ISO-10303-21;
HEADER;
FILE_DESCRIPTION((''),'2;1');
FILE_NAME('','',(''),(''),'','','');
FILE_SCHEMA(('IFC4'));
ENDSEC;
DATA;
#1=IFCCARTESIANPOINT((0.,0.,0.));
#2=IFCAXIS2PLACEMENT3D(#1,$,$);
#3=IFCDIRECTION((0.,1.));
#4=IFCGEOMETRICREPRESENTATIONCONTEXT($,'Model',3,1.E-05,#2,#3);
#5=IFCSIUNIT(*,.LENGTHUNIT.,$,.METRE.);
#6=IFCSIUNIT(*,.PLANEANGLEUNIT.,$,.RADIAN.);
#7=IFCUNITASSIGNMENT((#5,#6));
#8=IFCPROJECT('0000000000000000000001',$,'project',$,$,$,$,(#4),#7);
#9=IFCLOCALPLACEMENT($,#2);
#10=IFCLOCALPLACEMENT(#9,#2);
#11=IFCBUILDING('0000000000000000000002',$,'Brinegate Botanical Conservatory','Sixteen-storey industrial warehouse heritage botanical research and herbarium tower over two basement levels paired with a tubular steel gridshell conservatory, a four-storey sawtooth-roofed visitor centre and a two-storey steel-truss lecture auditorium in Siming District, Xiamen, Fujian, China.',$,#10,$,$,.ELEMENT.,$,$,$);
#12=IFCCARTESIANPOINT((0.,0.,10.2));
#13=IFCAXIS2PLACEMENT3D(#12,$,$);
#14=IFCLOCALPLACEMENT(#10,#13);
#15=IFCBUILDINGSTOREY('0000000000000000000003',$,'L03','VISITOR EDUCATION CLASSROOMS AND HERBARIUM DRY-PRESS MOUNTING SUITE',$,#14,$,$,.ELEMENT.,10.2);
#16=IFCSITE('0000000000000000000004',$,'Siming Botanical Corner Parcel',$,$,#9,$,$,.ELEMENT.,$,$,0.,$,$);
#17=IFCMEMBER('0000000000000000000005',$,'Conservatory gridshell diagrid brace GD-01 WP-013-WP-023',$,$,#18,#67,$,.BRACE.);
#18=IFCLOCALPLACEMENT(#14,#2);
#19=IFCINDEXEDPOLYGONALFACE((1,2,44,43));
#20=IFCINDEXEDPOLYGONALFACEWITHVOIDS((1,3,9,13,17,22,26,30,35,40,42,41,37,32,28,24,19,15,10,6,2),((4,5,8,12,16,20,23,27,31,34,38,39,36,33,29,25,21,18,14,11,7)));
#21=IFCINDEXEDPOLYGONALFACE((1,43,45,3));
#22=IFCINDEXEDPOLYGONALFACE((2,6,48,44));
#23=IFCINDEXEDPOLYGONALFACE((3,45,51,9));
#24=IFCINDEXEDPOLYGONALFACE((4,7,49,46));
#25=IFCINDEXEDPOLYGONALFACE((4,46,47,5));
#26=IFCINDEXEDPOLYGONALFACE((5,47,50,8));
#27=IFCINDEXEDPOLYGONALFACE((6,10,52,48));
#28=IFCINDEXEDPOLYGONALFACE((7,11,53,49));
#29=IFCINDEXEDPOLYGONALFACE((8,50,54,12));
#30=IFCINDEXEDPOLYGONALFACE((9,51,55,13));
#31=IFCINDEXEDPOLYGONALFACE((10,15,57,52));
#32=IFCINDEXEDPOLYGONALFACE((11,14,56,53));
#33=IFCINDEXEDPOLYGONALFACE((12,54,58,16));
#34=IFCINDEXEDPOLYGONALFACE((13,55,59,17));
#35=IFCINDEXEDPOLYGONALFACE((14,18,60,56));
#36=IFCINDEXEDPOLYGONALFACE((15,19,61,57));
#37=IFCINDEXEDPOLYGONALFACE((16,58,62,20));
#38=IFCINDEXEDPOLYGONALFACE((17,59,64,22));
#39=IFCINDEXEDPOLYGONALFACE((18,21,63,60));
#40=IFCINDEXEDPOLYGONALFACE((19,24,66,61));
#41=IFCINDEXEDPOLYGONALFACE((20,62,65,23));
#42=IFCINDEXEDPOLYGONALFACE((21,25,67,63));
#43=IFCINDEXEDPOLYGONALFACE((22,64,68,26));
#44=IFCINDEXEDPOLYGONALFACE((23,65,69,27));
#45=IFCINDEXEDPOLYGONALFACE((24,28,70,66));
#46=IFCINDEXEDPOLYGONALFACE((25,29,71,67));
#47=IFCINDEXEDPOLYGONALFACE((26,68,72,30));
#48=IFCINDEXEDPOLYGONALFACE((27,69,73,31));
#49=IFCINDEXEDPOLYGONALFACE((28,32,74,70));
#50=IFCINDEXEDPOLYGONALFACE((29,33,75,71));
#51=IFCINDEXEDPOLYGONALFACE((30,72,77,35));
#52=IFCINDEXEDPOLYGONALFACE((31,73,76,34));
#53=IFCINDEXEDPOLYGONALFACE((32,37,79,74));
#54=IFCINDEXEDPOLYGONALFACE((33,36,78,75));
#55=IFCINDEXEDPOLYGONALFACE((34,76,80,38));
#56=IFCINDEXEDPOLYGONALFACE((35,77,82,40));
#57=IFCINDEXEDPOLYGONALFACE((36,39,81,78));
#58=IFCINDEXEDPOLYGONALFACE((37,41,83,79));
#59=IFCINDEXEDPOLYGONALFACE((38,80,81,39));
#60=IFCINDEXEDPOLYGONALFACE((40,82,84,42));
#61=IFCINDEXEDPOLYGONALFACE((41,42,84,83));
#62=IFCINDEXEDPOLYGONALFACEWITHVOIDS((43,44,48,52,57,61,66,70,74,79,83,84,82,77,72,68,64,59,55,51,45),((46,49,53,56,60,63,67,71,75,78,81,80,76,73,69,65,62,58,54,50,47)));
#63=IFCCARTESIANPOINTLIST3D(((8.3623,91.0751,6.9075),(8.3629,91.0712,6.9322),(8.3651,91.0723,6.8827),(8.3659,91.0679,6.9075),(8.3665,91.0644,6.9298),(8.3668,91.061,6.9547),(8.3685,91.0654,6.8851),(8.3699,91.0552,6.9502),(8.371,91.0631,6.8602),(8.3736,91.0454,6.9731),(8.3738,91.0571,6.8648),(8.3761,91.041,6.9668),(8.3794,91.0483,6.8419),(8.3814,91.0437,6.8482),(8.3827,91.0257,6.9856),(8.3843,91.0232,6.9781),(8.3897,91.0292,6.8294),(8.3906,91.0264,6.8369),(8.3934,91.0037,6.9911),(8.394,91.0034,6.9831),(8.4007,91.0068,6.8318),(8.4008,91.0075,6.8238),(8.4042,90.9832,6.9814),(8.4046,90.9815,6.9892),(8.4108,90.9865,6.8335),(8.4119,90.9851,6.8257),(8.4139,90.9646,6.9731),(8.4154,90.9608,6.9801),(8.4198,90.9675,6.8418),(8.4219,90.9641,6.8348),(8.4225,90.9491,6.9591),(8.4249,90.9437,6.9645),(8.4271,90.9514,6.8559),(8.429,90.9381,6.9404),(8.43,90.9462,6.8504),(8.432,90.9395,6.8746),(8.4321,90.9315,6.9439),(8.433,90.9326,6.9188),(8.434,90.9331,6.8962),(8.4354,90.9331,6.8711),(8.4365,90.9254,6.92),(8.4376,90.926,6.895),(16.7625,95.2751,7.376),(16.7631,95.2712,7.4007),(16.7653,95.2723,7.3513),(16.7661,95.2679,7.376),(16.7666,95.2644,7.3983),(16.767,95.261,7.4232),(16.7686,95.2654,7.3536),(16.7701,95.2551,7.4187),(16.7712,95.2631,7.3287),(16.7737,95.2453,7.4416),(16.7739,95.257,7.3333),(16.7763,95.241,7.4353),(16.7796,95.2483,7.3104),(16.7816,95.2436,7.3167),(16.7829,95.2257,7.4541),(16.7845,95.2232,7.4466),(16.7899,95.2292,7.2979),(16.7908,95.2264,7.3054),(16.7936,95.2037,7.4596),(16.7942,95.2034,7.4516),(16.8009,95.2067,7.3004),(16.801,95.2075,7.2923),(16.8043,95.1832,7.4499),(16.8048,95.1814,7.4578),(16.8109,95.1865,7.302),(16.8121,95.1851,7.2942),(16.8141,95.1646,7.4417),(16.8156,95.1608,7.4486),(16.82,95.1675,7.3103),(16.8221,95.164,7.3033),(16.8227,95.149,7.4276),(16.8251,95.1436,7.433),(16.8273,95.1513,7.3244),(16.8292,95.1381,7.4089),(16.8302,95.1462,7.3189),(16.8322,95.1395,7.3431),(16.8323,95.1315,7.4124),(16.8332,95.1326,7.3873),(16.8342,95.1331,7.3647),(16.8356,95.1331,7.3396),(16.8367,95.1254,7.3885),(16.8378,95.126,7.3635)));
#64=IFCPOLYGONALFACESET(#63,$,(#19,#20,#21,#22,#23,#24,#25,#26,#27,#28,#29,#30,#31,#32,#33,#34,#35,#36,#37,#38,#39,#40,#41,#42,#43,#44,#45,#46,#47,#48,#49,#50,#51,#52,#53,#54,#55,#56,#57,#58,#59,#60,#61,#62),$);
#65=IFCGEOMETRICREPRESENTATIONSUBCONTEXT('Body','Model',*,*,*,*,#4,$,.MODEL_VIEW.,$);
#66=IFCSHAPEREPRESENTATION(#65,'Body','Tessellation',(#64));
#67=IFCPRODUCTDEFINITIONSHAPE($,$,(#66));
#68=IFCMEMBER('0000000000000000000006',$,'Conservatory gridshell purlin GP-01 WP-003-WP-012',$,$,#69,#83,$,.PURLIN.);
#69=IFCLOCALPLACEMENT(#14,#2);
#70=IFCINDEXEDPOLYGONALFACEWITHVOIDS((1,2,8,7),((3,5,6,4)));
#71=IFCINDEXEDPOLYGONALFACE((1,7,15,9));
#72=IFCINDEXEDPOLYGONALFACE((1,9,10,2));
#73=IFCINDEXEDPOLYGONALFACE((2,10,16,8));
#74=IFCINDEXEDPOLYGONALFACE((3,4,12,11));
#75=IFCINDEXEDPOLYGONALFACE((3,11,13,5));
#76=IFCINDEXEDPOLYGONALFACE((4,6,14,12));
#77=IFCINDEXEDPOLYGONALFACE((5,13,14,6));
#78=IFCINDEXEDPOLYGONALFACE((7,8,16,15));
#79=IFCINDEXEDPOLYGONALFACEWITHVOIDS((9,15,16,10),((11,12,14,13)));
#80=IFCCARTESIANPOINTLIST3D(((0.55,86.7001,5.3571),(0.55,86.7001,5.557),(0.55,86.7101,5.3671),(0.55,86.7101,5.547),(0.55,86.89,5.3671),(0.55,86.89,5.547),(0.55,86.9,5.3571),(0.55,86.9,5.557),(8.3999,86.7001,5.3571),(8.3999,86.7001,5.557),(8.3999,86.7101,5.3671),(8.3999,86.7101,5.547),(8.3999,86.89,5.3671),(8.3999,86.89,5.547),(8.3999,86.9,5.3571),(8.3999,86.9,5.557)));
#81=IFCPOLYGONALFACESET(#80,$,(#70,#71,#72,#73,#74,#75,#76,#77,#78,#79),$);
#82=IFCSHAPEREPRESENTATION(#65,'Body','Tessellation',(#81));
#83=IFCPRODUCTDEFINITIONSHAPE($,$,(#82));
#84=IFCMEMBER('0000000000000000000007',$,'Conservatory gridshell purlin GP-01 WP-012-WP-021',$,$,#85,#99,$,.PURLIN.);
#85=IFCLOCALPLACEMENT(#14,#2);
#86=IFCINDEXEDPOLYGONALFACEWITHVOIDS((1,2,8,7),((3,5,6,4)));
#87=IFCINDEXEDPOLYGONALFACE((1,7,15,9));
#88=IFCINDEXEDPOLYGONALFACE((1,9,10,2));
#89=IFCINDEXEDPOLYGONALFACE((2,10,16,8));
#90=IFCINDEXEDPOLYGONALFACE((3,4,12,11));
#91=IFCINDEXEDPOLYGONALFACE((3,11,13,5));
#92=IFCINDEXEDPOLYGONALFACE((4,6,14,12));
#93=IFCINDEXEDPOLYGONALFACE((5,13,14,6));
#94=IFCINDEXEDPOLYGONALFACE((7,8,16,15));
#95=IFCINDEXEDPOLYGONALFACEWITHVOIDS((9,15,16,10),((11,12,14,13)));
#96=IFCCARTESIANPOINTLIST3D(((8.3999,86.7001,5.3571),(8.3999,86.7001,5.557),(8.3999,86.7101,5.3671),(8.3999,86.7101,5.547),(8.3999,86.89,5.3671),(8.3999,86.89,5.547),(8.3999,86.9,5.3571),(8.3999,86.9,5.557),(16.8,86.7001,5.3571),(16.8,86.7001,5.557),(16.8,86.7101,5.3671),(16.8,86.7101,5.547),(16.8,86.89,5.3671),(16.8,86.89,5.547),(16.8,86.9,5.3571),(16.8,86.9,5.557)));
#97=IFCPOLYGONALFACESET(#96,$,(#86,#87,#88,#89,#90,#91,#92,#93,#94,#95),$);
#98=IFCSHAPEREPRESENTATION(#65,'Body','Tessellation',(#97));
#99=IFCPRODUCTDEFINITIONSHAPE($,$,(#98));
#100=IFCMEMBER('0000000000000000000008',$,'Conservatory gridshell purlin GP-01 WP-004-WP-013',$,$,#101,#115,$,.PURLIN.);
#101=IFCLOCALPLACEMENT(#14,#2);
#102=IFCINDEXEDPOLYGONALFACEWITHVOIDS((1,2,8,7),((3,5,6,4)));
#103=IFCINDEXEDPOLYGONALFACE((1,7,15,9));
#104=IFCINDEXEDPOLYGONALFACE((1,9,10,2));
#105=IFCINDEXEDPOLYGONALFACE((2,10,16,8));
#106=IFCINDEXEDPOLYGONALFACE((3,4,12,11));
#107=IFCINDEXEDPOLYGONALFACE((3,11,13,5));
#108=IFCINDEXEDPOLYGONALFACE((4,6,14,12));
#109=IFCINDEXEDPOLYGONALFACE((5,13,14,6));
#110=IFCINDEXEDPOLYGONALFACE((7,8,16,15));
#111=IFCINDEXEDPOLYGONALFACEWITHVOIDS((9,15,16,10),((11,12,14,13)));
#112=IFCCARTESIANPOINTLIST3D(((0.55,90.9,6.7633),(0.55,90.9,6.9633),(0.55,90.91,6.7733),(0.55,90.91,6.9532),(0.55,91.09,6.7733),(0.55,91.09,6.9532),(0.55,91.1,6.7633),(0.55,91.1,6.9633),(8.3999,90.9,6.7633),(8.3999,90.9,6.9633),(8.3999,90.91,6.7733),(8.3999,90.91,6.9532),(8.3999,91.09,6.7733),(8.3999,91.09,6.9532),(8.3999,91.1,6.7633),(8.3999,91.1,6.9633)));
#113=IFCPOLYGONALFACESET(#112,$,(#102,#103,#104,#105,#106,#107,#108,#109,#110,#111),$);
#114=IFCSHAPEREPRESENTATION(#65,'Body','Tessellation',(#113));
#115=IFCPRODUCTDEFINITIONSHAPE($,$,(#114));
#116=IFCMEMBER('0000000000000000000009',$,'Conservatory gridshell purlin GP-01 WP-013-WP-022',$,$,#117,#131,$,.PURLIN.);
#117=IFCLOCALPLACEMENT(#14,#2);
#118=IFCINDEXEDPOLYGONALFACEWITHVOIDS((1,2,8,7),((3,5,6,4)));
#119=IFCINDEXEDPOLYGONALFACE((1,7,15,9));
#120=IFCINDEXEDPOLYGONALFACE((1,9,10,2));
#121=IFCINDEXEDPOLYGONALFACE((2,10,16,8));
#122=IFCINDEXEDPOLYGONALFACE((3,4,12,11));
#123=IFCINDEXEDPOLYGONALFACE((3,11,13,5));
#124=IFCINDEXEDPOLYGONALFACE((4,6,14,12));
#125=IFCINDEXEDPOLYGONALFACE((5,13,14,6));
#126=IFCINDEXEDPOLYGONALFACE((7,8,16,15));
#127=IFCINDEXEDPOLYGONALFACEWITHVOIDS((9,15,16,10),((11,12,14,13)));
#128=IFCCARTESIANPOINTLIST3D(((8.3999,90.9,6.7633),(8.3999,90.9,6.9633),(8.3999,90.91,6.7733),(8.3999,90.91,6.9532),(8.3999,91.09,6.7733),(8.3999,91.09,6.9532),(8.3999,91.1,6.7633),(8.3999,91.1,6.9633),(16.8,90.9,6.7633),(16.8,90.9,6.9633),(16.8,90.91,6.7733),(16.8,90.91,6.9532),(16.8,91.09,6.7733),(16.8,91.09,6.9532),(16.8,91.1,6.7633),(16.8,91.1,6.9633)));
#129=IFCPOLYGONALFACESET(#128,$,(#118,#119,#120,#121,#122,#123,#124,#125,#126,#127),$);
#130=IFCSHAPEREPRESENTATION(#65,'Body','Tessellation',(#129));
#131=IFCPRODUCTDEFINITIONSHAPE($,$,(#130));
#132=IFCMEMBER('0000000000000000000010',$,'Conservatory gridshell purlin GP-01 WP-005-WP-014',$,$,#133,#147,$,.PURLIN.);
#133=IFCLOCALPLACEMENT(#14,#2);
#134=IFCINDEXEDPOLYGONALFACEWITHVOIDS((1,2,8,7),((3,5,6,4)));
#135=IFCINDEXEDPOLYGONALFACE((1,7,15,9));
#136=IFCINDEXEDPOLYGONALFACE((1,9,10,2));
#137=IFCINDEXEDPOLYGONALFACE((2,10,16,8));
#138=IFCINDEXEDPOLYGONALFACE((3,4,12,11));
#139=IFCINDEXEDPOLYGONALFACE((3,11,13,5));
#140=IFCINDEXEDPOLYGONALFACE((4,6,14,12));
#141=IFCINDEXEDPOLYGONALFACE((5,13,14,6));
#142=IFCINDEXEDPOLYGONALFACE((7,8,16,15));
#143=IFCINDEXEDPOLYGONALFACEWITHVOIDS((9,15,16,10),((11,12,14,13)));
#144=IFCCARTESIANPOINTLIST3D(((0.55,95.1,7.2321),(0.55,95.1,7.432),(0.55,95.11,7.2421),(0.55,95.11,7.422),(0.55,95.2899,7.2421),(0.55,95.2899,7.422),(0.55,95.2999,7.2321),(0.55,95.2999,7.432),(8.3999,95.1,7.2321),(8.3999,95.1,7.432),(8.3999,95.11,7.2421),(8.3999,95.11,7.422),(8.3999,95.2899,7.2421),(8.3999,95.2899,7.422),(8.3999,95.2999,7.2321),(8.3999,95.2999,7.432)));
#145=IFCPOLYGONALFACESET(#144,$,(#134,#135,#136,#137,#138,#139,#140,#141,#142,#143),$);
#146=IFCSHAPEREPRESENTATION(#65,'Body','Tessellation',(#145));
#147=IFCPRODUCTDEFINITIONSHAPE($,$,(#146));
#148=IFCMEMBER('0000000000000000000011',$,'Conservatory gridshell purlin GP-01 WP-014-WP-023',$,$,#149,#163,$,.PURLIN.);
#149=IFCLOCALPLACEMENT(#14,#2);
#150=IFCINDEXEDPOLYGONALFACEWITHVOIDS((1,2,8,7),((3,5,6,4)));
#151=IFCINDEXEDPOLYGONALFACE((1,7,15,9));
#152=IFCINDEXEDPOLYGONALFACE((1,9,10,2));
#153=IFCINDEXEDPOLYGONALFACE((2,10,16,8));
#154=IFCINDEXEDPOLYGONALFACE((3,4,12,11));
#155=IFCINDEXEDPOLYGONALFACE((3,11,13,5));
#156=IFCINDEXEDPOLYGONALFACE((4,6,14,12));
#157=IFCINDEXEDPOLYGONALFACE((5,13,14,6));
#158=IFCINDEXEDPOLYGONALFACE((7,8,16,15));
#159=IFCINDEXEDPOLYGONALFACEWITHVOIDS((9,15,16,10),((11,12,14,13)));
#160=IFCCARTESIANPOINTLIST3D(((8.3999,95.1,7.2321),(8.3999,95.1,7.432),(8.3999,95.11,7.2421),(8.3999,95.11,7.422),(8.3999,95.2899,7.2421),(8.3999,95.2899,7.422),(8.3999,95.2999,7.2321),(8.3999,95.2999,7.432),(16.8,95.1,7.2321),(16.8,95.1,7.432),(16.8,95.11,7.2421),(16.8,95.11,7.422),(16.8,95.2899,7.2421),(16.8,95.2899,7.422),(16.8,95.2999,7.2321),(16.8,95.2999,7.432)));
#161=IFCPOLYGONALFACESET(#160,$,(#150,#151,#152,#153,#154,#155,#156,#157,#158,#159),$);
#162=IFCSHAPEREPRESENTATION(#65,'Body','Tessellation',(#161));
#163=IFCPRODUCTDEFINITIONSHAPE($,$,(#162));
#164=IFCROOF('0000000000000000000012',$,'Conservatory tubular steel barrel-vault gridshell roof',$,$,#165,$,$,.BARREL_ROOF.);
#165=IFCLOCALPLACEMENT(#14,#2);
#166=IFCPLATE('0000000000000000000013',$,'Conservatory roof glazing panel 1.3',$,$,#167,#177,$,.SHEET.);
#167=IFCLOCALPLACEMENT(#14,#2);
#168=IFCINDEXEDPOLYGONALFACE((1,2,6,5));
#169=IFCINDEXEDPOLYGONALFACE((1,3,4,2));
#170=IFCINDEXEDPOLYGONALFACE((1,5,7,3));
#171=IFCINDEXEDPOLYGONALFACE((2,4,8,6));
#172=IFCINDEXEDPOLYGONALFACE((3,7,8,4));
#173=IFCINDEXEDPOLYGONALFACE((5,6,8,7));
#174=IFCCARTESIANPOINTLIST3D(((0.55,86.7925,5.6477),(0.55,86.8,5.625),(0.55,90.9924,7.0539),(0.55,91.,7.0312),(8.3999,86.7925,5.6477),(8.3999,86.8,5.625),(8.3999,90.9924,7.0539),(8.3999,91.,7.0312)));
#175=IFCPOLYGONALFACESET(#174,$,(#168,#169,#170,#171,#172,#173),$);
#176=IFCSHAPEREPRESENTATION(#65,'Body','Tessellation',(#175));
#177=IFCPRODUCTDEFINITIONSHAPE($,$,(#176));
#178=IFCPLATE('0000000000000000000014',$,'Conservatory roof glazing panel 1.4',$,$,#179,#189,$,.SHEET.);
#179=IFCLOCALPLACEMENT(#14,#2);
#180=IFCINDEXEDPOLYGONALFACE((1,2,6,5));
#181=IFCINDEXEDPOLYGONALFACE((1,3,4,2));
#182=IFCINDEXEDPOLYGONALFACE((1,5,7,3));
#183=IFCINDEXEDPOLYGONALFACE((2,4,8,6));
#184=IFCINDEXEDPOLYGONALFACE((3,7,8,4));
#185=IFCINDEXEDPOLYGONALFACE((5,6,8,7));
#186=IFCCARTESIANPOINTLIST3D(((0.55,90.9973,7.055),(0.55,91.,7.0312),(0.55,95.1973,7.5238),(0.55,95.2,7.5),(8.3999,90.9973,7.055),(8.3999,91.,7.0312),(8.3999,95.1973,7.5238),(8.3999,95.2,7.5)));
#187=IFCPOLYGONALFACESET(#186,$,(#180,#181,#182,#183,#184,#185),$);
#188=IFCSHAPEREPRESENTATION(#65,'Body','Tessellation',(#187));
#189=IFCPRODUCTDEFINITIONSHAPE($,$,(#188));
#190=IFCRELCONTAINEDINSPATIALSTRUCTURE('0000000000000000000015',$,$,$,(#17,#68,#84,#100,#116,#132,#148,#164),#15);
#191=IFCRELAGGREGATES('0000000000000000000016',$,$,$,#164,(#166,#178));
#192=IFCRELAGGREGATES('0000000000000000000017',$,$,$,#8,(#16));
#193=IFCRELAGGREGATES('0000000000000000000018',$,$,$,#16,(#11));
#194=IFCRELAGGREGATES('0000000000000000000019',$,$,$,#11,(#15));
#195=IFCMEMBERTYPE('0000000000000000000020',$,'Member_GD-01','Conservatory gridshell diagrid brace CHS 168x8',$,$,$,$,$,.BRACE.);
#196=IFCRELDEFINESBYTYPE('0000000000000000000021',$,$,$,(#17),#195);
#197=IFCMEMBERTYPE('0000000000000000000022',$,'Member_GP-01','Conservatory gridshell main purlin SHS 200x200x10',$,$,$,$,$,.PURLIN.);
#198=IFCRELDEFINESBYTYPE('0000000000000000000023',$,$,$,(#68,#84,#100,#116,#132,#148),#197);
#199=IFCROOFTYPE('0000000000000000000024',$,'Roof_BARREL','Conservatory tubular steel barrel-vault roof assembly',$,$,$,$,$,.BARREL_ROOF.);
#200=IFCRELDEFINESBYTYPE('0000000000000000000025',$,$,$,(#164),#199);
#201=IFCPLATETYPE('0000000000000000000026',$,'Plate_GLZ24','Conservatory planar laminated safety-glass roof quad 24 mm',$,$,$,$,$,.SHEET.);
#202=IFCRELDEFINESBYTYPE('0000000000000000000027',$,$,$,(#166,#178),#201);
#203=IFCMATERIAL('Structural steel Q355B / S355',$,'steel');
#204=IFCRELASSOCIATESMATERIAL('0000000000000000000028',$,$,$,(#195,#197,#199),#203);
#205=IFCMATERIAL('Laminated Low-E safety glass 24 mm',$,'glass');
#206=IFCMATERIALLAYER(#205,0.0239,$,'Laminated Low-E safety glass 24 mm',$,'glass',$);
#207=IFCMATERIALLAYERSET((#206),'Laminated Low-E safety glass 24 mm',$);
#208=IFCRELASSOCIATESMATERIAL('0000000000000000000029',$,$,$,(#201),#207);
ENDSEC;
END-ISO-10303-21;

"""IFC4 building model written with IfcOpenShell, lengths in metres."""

from ifc_helpers import new_model, si_unit, direction, frame, origin, origin_2d, place, context, subcontext, project, spatial, polyline, hollow_rectangle, hollow_circle, outline, extrude, material, layer, layer_set, material_profile, profile_set, type_object, element, aggregate, save


model = new_model("IFC4")

# Units and contexts
model_context = context("Model", 3, precision=1e-05, world=origin(), true_north=direction((0.0, 1.0)))
body_context = subcontext(model_context, "Body", "Model", "MODEL_VIEW")
ifc_project = project(units=[si_unit("LENGTHUNIT", "METRE"), si_unit("PLANEANGLEUNIT", "RADIAN")], contexts=[model_context])

# Site, building, storey
site_placement = place(None, origin())
site = spatial("IfcSite", under=ifc_project, at=site_placement, Name="Siming Botanical Corner Parcel", CompositionType="ELEMENT", RefElevation=0.0)
building_placement = place(site_placement, origin())
building = spatial("IfcBuilding", under=site, at=building_placement, Name="Brinegate Botanical Conservatory", Description="Sixteen-storey industrial warehouse heritage botanical research and herbarium tower over two basement levels paired with a tubular steel gridshell conservatory, a four-storey sawtooth-roofed visitor centre and a two-storey steel-truss lecture auditorium in Siming District, Xiamen, Fujian, China.", CompositionType="ELEMENT")
storey_placement = place(building_placement, frame((0.0, 0.0, 10.2)))
storey = spatial("IfcBuildingStorey", under=building, at=storey_placement, Name="L03", Description="VISITOR EDUCATION CLASSROOMS AND HERBARIUM DRY-PRESS MOUNTING SUITE", CompositionType="ELEMENT", Elevation=10.2)

# Shared definitions
ifc_material_1 = material(Name="Structural steel Q355B / S355", Category="steel")

# Members
ifc_material_profile_1 = material_profile(ifc_material_1, hollow_circle(Radius=0.084, WallThickness=0.0081, at=origin_2d()), Name="CHS 168x8")
ifc_profile_set_1 = profile_set([ifc_material_profile_1], Name="Structural steel Q355B / S355")
member_type_1 = type_object("IfcMemberType", Name="Member_GD-01", Description="Conservatory gridshell diagrid brace CHS 168x8", PredefinedType="BRACE", material=ifc_profile_set_1)
member_1_placement = place(storey_placement, frame((8.3999, 91.0, 6.9075), z_axis=(0.893322, 0.446648, 0.049824), x_axis=(-0.447203, 0.894432, 0.0)))
element("IfcMember", 1, at=member_1_placement, inside=storey, type_object=member_type_1, Name="Conservatory gridshell diagrid brace GD-01 WP-013-WP-023", PredefinedType="BRACE", context=body_context, shape_type="SweptSolid", body=[
    extrude(hollow_circle(Radius=0.084, WallThickness=0.0081, at=origin_2d()), origin(), (0.0, 0.0, 1.0), 9.4033),
])
ifc_material_profile_2 = material_profile(ifc_material_1, hollow_rectangle(XDim=0.2, YDim=0.2, WallThickness=0.01, at=origin_2d()), Name="SHS 200x200x10")
ifc_profile_set_2 = profile_set([ifc_material_profile_2], Name="Structural steel Q355B / S355")
member_type_2 = type_object("IfcMemberType", Name="Member_GP-01", Description="Conservatory gridshell main purlin SHS 200x200x10", PredefinedType="PURLIN", material=ifc_profile_set_2)
member_2_placement = place(storey_placement, frame((0.55, 86.8, 5.457), z_axis=(1.0, 0.0, 0.0), x_axis=(0.0, 1.0, 0.0)))
element("IfcMember", 2, at=member_2_placement, inside=storey, type_object=member_type_2, Name="Conservatory gridshell purlin GP-01 WP-003-WP-012", PredefinedType="PURLIN", context=body_context, shape_type="SweptSolid", body=[
    extrude(hollow_rectangle(XDim=0.2, YDim=0.2, WallThickness=0.01, at=origin_2d()), origin(), (0.0, 0.0, 1.0), 7.8499),
])
member_3_placement = place(storey_placement, frame((8.3999, 86.8, 5.457), z_axis=(1.0, 0.0, 0.0), x_axis=(0.0, 1.0, 0.0)))
element("IfcMember", 3, at=member_3_placement, inside=storey, type_object=member_type_2, Name="Conservatory gridshell purlin GP-01 WP-012-WP-021", PredefinedType="PURLIN", context=body_context, shape_type="SweptSolid", body=[
    extrude(hollow_rectangle(XDim=0.2, YDim=0.2, WallThickness=0.01, at=origin_2d()), origin(), (0.0, 0.0, 1.0), 8.4001),
])
member_4_placement = place(storey_placement, frame((0.55, 91.0, 6.8633), z_axis=(1.0, 0.0, 0.0), x_axis=(0.0, 1.0, 0.0)))
element("IfcMember", 4, at=member_4_placement, inside=storey, type_object=member_type_2, Name="Conservatory gridshell purlin GP-01 WP-004-WP-013", PredefinedType="PURLIN", context=body_context, shape_type="SweptSolid", body=[
    extrude(hollow_rectangle(XDim=0.2, YDim=0.2, WallThickness=0.01, at=origin_2d()), origin(), (0.0, 0.0, 1.0), 7.8499),
])
member_5_placement = place(storey_placement, frame((8.3999, 91.0, 6.8633), z_axis=(1.0, 0.0, 0.0), x_axis=(0.0, 1.0, 0.0)))
element("IfcMember", 5, at=member_5_placement, inside=storey, type_object=member_type_2, Name="Conservatory gridshell purlin GP-01 WP-013-WP-022", PredefinedType="PURLIN", context=body_context, shape_type="SweptSolid", body=[
    extrude(hollow_rectangle(XDim=0.2, YDim=0.2, WallThickness=0.01, at=origin_2d()), origin(), (0.0, 0.0, 1.0), 8.4001),
])
member_6_placement = place(storey_placement, frame((0.55, 95.2, 7.332), z_axis=(1.0, 0.0, 0.0), x_axis=(0.0, 1.0, 0.0)))
element("IfcMember", 6, at=member_6_placement, inside=storey, type_object=member_type_2, Name="Conservatory gridshell purlin GP-01 WP-005-WP-014", PredefinedType="PURLIN", context=body_context, shape_type="SweptSolid", body=[
    extrude(hollow_rectangle(XDim=0.2, YDim=0.2, WallThickness=0.01, at=origin_2d()), origin(), (0.0, 0.0, 1.0), 7.8499),
])
member_7_placement = place(storey_placement, frame((8.3999, 95.2, 7.332), z_axis=(1.0, 0.0, 0.0), x_axis=(0.0, 1.0, 0.0)))
element("IfcMember", 7, at=member_7_placement, inside=storey, type_object=member_type_2, Name="Conservatory gridshell purlin GP-01 WP-014-WP-023", PredefinedType="PURLIN", context=body_context, shape_type="SweptSolid", body=[
    extrude(hollow_rectangle(XDim=0.2, YDim=0.2, WallThickness=0.01, at=origin_2d()), origin(), (0.0, 0.0, 1.0), 8.4001),
])

# Roof, plates
roof_type = type_object("IfcRoofType", Name="Roof_BARREL", Description="Conservatory tubular steel barrel-vault roof assembly", PredefinedType="BARREL_ROOF", material=ifc_material_1)
roof_placement = place(storey_placement, origin())
roof = element("IfcRoof", 8, at=roof_placement, inside=storey, type_object=roof_type, Name="Conservatory tubular steel barrel-vault gridshell roof", PredefinedType="BARREL_ROOF")
ifc_material_2 = material(Name="Laminated Low-E safety glass 24 mm", Category="glass")
ifc_layer_1 = layer(ifc_material_2, 0.0239, Name="Laminated Low-E safety glass 24 mm", Category="glass")
ifc_layer_set_1 = layer_set([ifc_layer_1], Name="Laminated Low-E safety glass 24 mm")
plate_type_1 = type_object("IfcPlateType", Name="Plate_GLZ24", Description="Conservatory planar laminated safety-glass roof quad 24 mm", PredefinedType="SHEET", material=ifc_layer_set_1)
plate_1_placement = place(storey_placement, frame((0.55, 86.8, 5.625), z_axis=(0.0, -0.317501, 0.948258), x_axis=(1.0, 0.0, 0.0)))
plate_1 = element("IfcPlate", 9, at=plate_1_placement, type_object=plate_type_1, Name="Conservatory roof glazing panel 1.3", PredefinedType="SHEET", context=body_context, shape_type="SweptSolid", body=[
    extrude(outline(polyline([(0.0, 0.0), (7.8499, 0.0), (7.8499, 4.4291), (0.0, 4.4291), (0.0, 0.0)])), origin(), (0.0, 0.0, 1.0), 0.0239),
])
plate_2_placement = place(storey_placement, frame((0.55, 91.0, 7.0312), z_axis=(0.0, -0.11092, 0.993829), x_axis=(1.0, 0.0, 0.0)))
plate_2 = element("IfcPlate", 10, at=plate_2_placement, type_object=plate_type_1, Name="Conservatory roof glazing panel 1.4", PredefinedType="SHEET", context=body_context, shape_type="SweptSolid", body=[
    extrude(outline(polyline([(0.0, 0.0), (7.8499, 0.0), (7.8499, 4.226), (0.0, 4.226), (0.0, 0.0)])), origin(), (0.0, 0.0, 1.0), 0.0239),
])
aggregate(roof, [plate_1, plate_2])

save(model, "model.ifc")
